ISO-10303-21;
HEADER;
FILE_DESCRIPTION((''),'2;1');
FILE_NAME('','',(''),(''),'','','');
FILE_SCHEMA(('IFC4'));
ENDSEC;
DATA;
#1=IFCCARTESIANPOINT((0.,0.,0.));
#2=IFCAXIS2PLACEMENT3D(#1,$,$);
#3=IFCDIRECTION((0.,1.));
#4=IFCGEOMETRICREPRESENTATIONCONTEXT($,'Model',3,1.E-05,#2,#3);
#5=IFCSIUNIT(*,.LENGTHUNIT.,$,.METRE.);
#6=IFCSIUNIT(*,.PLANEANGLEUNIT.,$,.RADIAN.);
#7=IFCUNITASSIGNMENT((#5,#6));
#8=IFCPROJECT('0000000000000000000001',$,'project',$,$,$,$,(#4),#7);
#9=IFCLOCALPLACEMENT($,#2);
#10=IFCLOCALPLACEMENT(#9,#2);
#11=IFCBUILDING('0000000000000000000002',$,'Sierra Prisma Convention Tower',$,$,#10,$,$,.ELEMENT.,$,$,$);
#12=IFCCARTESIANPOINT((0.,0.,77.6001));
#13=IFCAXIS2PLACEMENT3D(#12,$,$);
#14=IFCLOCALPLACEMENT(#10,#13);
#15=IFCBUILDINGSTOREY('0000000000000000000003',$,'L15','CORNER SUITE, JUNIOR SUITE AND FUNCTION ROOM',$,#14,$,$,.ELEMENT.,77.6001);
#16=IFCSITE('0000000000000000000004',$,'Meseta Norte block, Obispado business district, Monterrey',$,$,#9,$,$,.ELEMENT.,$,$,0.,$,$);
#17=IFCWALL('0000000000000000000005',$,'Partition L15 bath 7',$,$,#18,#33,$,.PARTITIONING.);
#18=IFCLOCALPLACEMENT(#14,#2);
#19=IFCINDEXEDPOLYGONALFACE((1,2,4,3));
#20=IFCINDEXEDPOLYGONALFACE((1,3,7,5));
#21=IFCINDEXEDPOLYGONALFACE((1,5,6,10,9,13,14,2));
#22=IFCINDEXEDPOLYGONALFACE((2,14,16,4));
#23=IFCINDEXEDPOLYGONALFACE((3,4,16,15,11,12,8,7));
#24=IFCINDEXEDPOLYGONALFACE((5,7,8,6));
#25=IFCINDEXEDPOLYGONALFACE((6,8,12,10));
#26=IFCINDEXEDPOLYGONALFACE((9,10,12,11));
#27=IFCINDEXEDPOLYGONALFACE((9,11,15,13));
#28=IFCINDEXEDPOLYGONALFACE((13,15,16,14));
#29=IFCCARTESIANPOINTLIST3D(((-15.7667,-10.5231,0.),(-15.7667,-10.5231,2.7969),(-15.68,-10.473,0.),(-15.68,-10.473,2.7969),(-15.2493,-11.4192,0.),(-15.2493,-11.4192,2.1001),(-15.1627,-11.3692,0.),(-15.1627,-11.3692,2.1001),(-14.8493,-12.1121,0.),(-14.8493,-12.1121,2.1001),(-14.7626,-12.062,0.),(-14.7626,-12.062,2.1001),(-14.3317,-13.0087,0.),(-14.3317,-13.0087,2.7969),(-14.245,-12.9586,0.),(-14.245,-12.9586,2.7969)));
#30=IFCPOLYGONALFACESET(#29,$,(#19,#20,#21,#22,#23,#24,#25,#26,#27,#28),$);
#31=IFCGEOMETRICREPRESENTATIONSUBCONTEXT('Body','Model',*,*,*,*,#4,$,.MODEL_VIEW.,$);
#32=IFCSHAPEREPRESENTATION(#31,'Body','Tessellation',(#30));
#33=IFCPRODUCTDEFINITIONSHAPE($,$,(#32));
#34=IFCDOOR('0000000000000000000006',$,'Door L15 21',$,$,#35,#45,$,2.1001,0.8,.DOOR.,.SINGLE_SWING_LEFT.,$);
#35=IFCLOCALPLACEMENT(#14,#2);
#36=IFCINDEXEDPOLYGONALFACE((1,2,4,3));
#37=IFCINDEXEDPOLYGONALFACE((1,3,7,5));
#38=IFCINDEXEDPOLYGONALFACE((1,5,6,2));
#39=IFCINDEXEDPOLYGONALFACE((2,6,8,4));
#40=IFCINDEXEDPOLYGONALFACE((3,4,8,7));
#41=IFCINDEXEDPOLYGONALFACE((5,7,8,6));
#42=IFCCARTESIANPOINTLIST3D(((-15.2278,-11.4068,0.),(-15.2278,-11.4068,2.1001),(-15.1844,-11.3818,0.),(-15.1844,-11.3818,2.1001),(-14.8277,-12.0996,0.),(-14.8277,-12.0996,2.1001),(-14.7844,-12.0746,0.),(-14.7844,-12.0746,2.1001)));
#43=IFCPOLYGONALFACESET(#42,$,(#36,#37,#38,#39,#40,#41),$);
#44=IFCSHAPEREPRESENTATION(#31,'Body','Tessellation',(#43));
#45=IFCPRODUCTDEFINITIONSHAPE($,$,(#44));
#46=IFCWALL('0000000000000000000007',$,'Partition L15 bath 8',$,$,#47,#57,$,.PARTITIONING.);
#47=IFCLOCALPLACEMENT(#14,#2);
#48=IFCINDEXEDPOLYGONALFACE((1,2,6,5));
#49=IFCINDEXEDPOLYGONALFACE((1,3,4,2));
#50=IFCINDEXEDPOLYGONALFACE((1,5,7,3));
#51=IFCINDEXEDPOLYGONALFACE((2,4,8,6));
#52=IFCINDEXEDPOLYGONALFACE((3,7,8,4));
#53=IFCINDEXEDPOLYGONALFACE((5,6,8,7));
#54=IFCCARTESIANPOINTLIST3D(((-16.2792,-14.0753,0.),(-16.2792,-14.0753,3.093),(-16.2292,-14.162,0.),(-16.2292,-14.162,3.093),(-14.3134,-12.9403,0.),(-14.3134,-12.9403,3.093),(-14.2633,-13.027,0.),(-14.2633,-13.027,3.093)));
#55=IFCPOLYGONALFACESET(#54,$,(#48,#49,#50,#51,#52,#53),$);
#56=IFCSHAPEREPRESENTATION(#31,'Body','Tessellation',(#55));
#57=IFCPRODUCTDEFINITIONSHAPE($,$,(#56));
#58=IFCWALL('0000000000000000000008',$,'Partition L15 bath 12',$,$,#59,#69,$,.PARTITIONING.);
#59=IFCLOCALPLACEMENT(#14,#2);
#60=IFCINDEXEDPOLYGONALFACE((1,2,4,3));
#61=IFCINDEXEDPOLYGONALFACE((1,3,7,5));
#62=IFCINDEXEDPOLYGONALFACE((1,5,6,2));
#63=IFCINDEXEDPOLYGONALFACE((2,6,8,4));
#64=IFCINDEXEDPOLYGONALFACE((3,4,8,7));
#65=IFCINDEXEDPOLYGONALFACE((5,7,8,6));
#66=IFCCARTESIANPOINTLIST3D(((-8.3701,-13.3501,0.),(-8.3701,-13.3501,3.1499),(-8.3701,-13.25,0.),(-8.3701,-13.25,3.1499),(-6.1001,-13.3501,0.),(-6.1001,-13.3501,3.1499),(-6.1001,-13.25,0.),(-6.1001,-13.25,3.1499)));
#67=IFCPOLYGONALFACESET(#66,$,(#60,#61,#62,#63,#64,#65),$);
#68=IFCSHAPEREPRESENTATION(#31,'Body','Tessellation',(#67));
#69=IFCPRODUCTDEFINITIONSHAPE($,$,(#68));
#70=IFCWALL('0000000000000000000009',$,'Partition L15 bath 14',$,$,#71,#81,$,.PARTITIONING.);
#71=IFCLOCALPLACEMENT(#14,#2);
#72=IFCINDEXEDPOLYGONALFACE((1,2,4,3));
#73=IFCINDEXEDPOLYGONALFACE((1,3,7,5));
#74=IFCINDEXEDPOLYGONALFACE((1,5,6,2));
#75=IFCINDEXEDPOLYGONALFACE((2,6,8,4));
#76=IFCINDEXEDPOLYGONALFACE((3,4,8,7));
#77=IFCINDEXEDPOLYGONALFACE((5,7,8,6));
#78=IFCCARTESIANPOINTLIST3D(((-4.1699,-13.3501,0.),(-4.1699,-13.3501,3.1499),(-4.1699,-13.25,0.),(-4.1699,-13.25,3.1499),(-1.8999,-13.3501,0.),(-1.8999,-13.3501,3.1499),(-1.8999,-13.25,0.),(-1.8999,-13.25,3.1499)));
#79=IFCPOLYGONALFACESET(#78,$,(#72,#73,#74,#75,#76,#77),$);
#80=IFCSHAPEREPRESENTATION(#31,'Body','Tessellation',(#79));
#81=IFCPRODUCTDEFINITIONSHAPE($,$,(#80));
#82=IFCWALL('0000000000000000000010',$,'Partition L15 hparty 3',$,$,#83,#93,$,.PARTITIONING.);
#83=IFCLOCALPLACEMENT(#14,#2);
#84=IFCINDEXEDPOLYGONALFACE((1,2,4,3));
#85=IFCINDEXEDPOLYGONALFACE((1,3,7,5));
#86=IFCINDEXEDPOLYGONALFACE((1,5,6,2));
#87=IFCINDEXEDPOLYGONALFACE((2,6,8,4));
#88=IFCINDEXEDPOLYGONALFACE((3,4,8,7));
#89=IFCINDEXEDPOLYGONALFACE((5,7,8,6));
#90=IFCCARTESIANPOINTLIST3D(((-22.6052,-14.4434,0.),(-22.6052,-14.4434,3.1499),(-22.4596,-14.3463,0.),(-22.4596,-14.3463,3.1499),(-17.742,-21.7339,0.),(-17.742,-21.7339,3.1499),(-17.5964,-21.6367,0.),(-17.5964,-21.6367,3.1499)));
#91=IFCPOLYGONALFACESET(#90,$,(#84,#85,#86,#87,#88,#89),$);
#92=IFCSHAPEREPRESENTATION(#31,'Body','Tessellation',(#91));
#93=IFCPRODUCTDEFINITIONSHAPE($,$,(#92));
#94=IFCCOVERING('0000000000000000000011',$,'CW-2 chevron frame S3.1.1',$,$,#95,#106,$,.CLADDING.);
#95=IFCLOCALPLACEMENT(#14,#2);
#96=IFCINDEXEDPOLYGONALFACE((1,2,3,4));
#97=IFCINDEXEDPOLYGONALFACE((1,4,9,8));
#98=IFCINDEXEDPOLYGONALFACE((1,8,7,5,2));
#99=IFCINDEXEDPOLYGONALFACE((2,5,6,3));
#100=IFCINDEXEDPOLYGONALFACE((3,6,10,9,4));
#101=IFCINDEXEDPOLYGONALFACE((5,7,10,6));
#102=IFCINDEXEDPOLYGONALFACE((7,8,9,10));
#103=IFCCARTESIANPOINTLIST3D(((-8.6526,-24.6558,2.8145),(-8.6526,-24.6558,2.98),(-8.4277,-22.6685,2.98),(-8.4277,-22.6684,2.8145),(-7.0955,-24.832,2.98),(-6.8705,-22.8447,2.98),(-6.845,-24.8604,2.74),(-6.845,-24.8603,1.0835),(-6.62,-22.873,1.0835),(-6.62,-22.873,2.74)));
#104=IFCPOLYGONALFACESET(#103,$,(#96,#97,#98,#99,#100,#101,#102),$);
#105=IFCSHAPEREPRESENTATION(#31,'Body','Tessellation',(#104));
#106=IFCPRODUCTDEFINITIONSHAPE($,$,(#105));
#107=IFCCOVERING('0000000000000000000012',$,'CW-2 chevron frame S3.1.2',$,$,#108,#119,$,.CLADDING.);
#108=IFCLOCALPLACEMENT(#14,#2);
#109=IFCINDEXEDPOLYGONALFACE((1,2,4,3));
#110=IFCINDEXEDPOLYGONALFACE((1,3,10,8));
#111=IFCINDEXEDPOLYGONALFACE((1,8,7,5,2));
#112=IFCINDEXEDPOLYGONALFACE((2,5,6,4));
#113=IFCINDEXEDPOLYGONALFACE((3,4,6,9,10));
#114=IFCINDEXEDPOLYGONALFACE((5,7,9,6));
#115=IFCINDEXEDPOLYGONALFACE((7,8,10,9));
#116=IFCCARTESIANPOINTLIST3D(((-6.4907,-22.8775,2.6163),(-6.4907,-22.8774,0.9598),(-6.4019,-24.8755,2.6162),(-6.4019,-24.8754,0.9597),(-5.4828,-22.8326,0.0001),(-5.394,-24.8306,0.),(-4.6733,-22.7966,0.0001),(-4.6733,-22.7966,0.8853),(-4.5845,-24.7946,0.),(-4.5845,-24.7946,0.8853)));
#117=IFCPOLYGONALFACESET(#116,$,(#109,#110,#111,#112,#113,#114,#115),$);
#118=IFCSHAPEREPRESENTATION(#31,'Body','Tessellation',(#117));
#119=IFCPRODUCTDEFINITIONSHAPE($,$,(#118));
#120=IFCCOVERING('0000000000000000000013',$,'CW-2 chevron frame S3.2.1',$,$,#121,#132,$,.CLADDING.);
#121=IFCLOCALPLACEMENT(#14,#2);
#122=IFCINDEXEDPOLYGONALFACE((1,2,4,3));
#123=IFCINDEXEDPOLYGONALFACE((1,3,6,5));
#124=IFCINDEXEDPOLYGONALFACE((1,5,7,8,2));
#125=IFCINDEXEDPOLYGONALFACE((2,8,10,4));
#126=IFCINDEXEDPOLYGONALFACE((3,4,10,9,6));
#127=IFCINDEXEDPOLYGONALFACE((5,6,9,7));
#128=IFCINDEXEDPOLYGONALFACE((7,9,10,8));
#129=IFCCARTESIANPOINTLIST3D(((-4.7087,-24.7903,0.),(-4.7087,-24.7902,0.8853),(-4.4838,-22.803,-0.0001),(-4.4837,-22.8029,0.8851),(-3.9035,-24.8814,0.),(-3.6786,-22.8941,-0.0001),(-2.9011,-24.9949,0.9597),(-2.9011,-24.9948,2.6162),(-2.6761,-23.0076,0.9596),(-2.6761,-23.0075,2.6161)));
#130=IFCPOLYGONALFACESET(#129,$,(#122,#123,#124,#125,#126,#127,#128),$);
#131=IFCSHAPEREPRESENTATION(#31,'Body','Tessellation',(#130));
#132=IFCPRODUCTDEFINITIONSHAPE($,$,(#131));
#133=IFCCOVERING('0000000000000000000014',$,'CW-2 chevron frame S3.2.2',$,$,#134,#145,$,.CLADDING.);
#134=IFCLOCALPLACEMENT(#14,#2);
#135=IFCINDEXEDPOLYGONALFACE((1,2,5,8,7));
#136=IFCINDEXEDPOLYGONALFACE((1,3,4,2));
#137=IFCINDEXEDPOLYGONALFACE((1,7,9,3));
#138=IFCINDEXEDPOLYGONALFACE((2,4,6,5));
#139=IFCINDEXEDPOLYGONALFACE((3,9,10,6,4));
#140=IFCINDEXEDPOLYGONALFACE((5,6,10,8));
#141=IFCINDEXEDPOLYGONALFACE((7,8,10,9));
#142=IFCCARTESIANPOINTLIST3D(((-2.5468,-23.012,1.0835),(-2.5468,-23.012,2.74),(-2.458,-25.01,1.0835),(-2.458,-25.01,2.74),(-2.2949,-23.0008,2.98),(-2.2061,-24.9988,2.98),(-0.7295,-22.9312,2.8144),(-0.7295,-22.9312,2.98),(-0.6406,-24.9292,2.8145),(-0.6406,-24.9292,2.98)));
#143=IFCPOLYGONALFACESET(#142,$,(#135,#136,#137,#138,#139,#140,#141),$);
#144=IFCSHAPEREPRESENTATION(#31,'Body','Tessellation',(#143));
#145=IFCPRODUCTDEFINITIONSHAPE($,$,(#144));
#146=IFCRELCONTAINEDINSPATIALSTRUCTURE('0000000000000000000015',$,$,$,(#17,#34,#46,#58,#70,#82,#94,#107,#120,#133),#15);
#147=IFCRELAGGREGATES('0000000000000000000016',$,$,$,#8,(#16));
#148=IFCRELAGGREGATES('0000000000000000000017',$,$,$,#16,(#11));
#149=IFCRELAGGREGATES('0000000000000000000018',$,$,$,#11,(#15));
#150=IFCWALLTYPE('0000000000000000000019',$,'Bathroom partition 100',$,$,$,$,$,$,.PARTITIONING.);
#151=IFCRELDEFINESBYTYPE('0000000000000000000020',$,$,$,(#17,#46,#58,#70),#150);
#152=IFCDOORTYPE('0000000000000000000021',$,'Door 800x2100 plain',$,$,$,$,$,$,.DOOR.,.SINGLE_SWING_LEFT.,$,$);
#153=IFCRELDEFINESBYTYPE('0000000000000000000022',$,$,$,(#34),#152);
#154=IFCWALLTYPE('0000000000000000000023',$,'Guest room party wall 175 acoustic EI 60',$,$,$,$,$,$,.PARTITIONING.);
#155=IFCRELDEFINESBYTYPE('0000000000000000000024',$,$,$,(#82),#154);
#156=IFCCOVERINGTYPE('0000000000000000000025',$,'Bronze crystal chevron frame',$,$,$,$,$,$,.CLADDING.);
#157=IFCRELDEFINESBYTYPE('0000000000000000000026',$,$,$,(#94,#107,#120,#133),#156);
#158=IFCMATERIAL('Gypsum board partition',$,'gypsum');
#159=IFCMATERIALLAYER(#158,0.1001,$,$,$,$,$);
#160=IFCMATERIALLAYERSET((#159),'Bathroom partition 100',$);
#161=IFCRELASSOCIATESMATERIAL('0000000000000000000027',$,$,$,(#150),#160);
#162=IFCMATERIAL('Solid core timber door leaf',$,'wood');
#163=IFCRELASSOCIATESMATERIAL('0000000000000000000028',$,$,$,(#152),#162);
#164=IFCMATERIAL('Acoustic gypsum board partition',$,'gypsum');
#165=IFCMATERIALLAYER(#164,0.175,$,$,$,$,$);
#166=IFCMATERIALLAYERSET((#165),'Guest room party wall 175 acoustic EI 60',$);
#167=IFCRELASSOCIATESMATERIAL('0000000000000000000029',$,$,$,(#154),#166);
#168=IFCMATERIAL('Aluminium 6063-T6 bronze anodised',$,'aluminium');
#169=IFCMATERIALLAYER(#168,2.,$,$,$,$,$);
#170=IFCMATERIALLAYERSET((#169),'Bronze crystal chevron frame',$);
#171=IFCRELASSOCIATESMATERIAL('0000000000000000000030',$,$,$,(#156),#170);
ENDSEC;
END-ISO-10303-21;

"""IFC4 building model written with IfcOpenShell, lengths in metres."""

from ifc_helpers import new_model, si_unit, direction, frame, frame_2d, origin, place, context, subcontext, project, spatial, polyline, rectangle, outline, extrude, material, layer, layer_set, type_object, element, fill, save


model = new_model("IFC4")

# Units and contexts
model_context = context("Model", 3, precision=1e-05, world=origin(), true_north=direction((0.0, 1.0)))
body_context = subcontext(model_context, "Body", "Model", "MODEL_VIEW")
ifc_project = project(units=[si_unit("LENGTHUNIT", "METRE"), si_unit("PLANEANGLEUNIT", "RADIAN")], contexts=[model_context])

# Site, building, storey
site_placement = place(None, origin())
site = spatial("IfcSite", under=ifc_project, at=site_placement, Name="Meseta Norte block, Obispado business district, Monterrey", CompositionType="ELEMENT", RefElevation=0.0)
building_placement = place(site_placement, origin())
building = spatial("IfcBuilding", under=site, at=building_placement, Name="Sierra Prisma Convention Tower", CompositionType="ELEMENT")
storey_placement = place(building_placement, frame((0.0, 0.0, 77.6001)))
storey = spatial("IfcBuildingStorey", under=building, at=storey_placement, Name="L15", Description="CORNER SUITE, JUNIOR SUITE AND FUNCTION ROOM", CompositionType="ELEMENT", Elevation=77.6001)

# Wall, opening, door
ifc_material_1 = material(Name="Gypsum board partition", Category="gypsum")
ifc_layer_1 = layer(ifc_material_1, 0.1001)
ifc_layer_set_1 = layer_set([ifc_layer_1], Name="Bathroom partition 100")
wall_type_1 = type_object("IfcWallType", Name="Bathroom partition 100", PredefinedType="PARTITIONING", material=ifc_layer_set_1)
wall_1_placement = place(storey_placement, frame((-15.7234, -10.498, 0.0), z_axis=(0.0, 0.0, 1.0), x_axis=(0.5, -0.866026, 0.0)))
wall_1 = element("IfcWall", 1, at=wall_1_placement, inside=storey, type_object=wall_type_1, Name="Partition L15 bath 7", PredefinedType="PARTITIONING", context=body_context, shape_type="SweptSolid", body=[
    extrude(rectangle(XDim=2.8701, YDim=0.1001, at=frame_2d((1.4351, 0.0))), origin(), (0.0, 0.0, 1.0), 2.7969),
])
opening_placement = place(wall_1_placement, frame((1.0349, 0.0, 0.0)))
opening = element("IfcOpeningElement", 2, at=opening_placement, cuts=wall_1, PredefinedType="OPENING", context=body_context, shape_type="SweptSolid", body=[
    extrude(rectangle(XDim=0.8, YDim=2.1001, at=frame_2d((0.3999, 1.05))), frame((0.0, 0.05, 0.0), z_axis=(0.0, -1.0, 0.0), x_axis=(1.0, 0.0, 0.0)), (0.0, 0.0, 1.0), 0.1001),
])
ifc_material_2 = material(Name="Solid core timber door leaf", Category="wood")
door_type = type_object("IfcDoorType", Name="Door 800x2100 plain", OperationType="SINGLE_SWING_LEFT", PredefinedType="DOOR", material=ifc_material_2)
door_placement = place(opening_placement, origin())
door = element("IfcDoor", 3, at=door_placement, inside=storey, type_object=door_type, Name="Door L15 21", OperationType="SINGLE_SWING_LEFT", OverallHeight=2.1001, OverallWidth=0.8, PredefinedType="DOOR", context=body_context, shape_type="SweptSolid", body=[
    extrude(rectangle(XDim=0.8, YDim=2.1001, at=frame_2d((0.3999, 1.05))), frame((0.0, 0.0249, 0.0), z_axis=(0.0, -1.0, 0.0), x_axis=(1.0, 0.0, 0.0)), (0.0, 0.0, 1.0), 0.05),
])
fill(opening, door)

# Walls
wall_2_placement = place(storey_placement, frame((-14.2883, -12.9836, 0.0), z_axis=(0.0, 0.0, 1.0), x_axis=(-0.866017, -0.500014, 0.0)))
element("IfcWall", 4, at=wall_2_placement, inside=storey, type_object=wall_type_1, Name="Partition L15 bath 8", PredefinedType="PARTITIONING", context=body_context, shape_type="SweptSolid", body=[
    extrude(rectangle(XDim=2.27, YDim=0.1001, at=frame_2d((1.135, 0.0))), origin(), (0.0, 0.0, 1.0), 3.093),
])
for number, where, z_axis, x_axis, name in (
    (5, (-6.1001, -13.3, 0.0), (0.0, 0.0, 1.0), (-1.0, 0.0, 0.0), "Partition L15 bath 12"),
    (6, (-1.8999, -13.3, 0.0), (0.0, 0.0, 1.0), (-1.0, 0.0, 0.0), "Partition L15 bath 14"),
):
    element("IfcWall", number, at=place(storey_placement, frame(where, z_axis=z_axis, x_axis=x_axis)), inside=storey, type_object=wall_type_1, Name=name, PredefinedType="PARTITIONING", context=body_context, shape_type="SweptSolid", body=[
        extrude(rectangle(XDim=2.27, YDim=0.1001, at=frame_2d((1.135, 0.0))), origin(), (0.0, 0.0, 1.0), 3.1499),
    ])
ifc_material_3 = material(Name="Acoustic gypsum board partition", Category="gypsum")
ifc_layer_2 = layer(ifc_material_3, 0.175)
ifc_layer_set_2 = layer_set([ifc_layer_2], Name="Guest room party wall 175 acoustic EI 60")
wall_type_2 = type_object("IfcWallType", Name="Guest room party wall 175 acoustic EI 60", PredefinedType="PARTITIONING", material=ifc_layer_set_2)
wall_3_placement = place(storey_placement, frame((-17.6692, -21.6853, 0.0), z_axis=(0.0, 0.0, 1.0), x_axis=(-0.554932, 0.831896, 0.0)))
element("IfcWall", 7, at=wall_3_placement, inside=storey, type_object=wall_type_2, Name="Partition L15 hparty 3", PredefinedType="PARTITIONING", context=body_context, shape_type="SweptSolid", body=[
    extrude(rectangle(XDim=8.7637, YDim=0.175, at=frame_2d((4.3818, 0.0))), origin(), (0.0, 0.0, 1.0), 3.1499),
])

# Coverings
ifc_material_4 = material(Name="Aluminium 6063-T6 bronze anodised", Category="aluminium")
ifc_layer_3 = layer(ifc_material_4, 2.0)
ifc_layer_set_3 = layer_set([ifc_layer_3], Name="Bronze crystal chevron frame")
covering_type = type_object("IfcCoveringType", Name="Bronze crystal chevron frame", PredefinedType="CLADDING", material=ifc_layer_set_3)
covering_1_placement = place(storey_placement, frame((-8.6526, -24.6558, 2.98), z_axis=(-0.112466, -0.993656, -0.000015), x_axis=(0.000002, 0.000015, -1.0)))
element("IfcCovering", 8, at=covering_1_placement, inside=storey, type_object=covering_type, Name="CW-2 chevron frame S3.1.1", PredefinedType="CLADDING", context=body_context, shape_type="SweptSolid", body=[
    extrude(outline(polyline([(0.0, 0.0), (0.1655, 0.0), (1.8965, 1.8192), (0.24, 1.8192), (0.0, 1.5671), (0.0, 0.0)])), origin(), (0.0, 0.0, -1.0), 2.0),
])
covering_2_placement = place(storey_placement, frame((-6.4019, -24.8755, 2.6162), z_axis=(0.044402, -0.999014, -0.000037), x_axis=(-0.000002, 0.000037, -1.0)))
element("IfcCovering", 9, at=covering_2_placement, inside=storey, type_object=covering_type, Name="CW-2 chevron frame S3.1.2", PredefinedType="CLADDING", context=body_context, shape_type="SweptSolid", body=[
    extrude(outline(polyline([(0.0, 0.0), (1.6565, 0.0), (2.6162, 1.0088), (2.6162, 1.8192), (1.731, 1.8192), (0.0, 0.0)])), origin(), (0.0, 0.0, -1.0), 2.0),
])
covering_3_placement = place(storey_placement, frame((-4.7087, -24.7903, 0.0), z_axis=(-0.112495, -0.993652, 0.000059), x_axis=(0.993652, -0.112495, 0.0)))
element("IfcCovering", 10, at=covering_3_placement, inside=storey, type_object=covering_type, Name="CW-2 chevron frame S3.2.1", PredefinedType="CLADDING", context=body_context, shape_type="SweptSolid", body=[
    extrude(outline(polyline([(0.0, 0.0), (0.8103, 0.0), (1.8192, 0.9597), (1.8192, 2.6162), (0.0, 0.8853), (0.0, 0.0)])), origin(), (0.0, 0.0, -1.0), 2.0),
])
covering_4_placement = place(storey_placement, frame((-0.6406, -24.9292, 2.98), z_axis=(0.04442, -0.999013, 0.000013), x_axis=(-0.999013, -0.04442, 0.0)))
element("IfcCovering", 11, at=covering_4_placement, inside=storey, type_object=covering_type, Name="CW-2 chevron frame S3.2.2", PredefinedType="CLADDING", context=body_context, shape_type="SweptSolid", body=[
    extrude(outline(polyline([(0.0, 0.0), (1.567, 0.0), (1.8192, 0.24), (1.8192, 1.8965), (0.0, 0.1655), (0.0, 0.0)])), origin(), (0.0, 0.0, -1.0), 2.0),
])

save(model, "model.ifc")
